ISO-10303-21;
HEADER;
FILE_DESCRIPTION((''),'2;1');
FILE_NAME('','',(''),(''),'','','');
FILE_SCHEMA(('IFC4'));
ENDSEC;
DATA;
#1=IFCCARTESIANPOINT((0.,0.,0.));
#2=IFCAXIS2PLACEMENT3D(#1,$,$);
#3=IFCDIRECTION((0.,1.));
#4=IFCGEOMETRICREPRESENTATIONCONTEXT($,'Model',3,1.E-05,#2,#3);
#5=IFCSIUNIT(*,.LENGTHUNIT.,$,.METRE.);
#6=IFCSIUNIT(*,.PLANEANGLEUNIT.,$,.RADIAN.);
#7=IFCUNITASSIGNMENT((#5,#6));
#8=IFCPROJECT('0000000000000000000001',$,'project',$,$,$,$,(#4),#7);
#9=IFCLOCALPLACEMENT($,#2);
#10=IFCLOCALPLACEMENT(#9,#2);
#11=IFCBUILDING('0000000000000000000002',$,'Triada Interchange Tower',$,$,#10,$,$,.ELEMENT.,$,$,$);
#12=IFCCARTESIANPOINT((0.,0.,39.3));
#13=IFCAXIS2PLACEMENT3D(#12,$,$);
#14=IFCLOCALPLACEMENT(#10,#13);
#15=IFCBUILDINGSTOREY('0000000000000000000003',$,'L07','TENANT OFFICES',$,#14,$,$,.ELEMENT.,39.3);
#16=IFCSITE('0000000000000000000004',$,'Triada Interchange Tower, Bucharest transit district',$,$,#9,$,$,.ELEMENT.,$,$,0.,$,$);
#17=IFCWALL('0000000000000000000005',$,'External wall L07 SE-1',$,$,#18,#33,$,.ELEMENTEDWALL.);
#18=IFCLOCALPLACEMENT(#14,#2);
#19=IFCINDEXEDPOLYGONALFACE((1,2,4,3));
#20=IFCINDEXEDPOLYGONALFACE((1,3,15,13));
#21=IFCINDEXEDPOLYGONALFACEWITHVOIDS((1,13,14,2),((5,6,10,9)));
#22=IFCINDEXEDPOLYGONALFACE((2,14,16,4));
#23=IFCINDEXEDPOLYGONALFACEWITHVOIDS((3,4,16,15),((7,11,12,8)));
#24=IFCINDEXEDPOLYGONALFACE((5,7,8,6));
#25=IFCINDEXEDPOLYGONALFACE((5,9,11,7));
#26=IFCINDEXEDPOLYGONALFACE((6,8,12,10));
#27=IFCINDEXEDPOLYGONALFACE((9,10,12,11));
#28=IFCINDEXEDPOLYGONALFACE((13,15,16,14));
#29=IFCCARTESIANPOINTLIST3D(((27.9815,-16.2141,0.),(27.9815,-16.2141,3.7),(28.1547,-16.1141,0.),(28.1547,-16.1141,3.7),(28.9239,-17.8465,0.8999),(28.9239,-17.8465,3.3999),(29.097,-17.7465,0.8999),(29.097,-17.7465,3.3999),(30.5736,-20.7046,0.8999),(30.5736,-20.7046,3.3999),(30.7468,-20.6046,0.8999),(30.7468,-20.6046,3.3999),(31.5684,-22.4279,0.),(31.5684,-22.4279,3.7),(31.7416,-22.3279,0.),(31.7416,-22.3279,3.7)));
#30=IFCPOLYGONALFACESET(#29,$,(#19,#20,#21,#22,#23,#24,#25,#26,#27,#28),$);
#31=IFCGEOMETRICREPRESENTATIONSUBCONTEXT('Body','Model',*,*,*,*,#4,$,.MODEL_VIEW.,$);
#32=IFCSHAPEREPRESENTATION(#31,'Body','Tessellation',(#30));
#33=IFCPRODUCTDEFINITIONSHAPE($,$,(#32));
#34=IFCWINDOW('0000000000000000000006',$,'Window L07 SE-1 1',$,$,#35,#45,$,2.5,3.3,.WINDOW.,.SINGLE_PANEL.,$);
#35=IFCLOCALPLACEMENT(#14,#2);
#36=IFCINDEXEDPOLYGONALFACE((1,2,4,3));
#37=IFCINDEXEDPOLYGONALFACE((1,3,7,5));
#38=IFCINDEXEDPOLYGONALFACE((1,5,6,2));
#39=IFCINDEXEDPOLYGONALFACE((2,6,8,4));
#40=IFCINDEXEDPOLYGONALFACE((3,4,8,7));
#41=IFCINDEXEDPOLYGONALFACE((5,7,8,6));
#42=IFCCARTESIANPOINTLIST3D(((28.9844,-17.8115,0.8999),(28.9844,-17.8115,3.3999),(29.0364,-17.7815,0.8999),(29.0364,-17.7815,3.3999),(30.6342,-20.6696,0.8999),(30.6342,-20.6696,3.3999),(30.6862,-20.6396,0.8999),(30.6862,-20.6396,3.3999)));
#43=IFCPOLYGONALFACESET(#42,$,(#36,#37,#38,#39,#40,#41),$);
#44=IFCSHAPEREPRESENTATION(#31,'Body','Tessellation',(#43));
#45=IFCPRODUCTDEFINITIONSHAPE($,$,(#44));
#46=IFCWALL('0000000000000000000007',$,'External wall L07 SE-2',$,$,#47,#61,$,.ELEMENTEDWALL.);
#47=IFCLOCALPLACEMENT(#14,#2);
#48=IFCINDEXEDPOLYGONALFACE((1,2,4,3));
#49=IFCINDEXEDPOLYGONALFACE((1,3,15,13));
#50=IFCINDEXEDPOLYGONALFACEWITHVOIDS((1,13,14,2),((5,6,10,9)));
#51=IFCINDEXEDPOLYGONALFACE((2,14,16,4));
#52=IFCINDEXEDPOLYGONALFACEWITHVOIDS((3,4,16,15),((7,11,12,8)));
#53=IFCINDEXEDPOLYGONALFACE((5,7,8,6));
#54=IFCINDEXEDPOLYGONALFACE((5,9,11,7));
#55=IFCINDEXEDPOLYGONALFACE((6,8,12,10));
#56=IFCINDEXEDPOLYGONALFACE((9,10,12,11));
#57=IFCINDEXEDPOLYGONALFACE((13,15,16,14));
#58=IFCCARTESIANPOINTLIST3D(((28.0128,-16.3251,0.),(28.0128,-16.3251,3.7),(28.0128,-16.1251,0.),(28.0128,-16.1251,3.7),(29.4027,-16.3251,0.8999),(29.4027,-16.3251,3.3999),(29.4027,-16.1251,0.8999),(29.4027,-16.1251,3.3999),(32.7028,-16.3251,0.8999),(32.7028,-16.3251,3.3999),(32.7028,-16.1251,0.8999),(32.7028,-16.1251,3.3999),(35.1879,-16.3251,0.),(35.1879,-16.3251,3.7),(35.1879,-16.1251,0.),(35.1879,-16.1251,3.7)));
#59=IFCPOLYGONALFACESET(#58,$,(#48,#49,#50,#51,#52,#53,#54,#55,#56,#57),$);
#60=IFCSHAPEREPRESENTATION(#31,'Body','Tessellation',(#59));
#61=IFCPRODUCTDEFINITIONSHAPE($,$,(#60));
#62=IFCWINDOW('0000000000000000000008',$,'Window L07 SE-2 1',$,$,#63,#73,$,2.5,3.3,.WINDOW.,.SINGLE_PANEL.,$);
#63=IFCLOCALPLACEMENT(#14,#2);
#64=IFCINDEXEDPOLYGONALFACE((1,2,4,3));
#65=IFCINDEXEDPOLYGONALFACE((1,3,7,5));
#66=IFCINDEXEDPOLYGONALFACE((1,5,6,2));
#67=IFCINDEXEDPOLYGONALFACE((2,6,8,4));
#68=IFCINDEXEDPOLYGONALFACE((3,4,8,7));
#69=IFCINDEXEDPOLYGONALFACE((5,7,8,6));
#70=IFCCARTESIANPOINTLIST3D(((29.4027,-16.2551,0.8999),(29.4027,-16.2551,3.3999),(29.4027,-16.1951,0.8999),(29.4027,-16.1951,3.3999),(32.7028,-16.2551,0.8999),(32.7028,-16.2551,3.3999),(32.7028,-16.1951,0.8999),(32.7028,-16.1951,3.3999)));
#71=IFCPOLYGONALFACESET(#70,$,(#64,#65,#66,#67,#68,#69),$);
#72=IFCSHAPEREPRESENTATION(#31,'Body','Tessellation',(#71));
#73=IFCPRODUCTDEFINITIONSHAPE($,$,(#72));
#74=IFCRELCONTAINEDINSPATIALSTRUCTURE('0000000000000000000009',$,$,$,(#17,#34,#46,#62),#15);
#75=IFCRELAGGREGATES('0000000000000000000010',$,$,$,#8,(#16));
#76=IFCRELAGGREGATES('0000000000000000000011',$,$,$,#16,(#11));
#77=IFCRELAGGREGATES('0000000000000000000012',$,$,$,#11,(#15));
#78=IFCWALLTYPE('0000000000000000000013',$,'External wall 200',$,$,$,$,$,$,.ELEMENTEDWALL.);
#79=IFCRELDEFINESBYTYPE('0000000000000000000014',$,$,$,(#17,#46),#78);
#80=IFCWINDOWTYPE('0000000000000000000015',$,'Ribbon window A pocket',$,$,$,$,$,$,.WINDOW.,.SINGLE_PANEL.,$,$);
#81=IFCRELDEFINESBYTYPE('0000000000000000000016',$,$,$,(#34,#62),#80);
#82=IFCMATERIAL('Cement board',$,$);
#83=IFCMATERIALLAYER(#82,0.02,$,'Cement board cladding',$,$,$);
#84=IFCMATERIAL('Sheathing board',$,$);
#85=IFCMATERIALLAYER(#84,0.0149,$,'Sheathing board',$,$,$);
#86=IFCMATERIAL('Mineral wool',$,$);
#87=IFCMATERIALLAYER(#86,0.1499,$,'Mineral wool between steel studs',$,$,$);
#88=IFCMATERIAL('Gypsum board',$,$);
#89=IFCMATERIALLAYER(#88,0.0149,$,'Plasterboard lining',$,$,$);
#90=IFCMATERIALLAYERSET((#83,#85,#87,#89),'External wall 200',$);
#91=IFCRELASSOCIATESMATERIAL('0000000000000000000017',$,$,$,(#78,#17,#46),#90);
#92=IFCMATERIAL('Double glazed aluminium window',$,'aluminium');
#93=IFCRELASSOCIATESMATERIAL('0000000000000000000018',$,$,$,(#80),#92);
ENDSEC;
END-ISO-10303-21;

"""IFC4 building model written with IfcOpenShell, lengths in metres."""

from ifc_helpers import new_model, si_unit, direction, frame, frame_2d, origin, place, context, subcontext, project, spatial, rectangle, extrude, material, layer, layer_set, layer_usage, type_object, element, fill, save


model = new_model("IFC4")

# Units and contexts
model_context = context("Model", 3, precision=1e-05, world=origin(), true_north=direction((0.0, 1.0)))
body_context = subcontext(model_context, "Body", "Model", "MODEL_VIEW")
ifc_project = project(units=[si_unit("LENGTHUNIT", "METRE"), si_unit("PLANEANGLEUNIT", "RADIAN")], contexts=[model_context])

# Site, building, storey
site_placement = place(None, origin())
site = spatial("IfcSite", under=ifc_project, at=site_placement, Name="Triada Interchange Tower, Bucharest transit district", CompositionType="ELEMENT", RefElevation=0.0)
building_placement = place(site_placement, origin())
building = spatial("IfcBuilding", under=site, at=building_placement, Name="Triada Interchange Tower", CompositionType="ELEMENT")
storey_placement = place(building_placement, frame((0.0, 0.0, 39.3)))
storey = spatial("IfcBuildingStorey", under=building, at=storey_placement, Name="L07", Description="TENANT OFFICES", CompositionType="ELEMENT", Elevation=39.3)

# Walls, openings, windows
ifc_material_1 = material(Name="Cement board")
ifc_layer_1 = layer(ifc_material_1, 0.02, Name="Cement board cladding")
ifc_material_2 = material(Name="Sheathing board")
ifc_layer_2 = layer(ifc_material_2, 0.0149, Name="Sheathing board")
ifc_material_3 = material(Name="Mineral wool")
ifc_layer_3 = layer(ifc_material_3, 0.1499, Name="Mineral wool between steel studs")
ifc_material_4 = material(Name="Gypsum board")
ifc_layer_4 = layer(ifc_material_4, 0.0149, Name="Plasterboard lining")
ifc_layer_set_1 = layer_set([ifc_layer_1, ifc_layer_2, ifc_layer_3, ifc_layer_4], Name="External wall 200")
ifc_layer_usage = layer_usage(ifc_layer_set_1, "AXIS2", "POSITIVE", -0.1001)
wall_type = type_object("IfcWallType", Name="External wall 200", PredefinedType="ELEMENTEDWALL", material=ifc_layer_set_1)
wall_1_placement = place(storey_placement, frame((31.655, -22.3779, 0.0), z_axis=(0.0, 0.0, 1.0), x_axis=(-0.499931, 0.866065, 0.0)))
wall_1 = element("IfcWall", 1, at=wall_1_placement, inside=storey, type_object=wall_type, material=ifc_layer_usage, Name="External wall L07 SE-1", PredefinedType="ELEMENTEDWALL", context=body_context, shape_type="SweptSolid", body=[
    extrude(rectangle(XDim=7.1748, YDim=0.2, at=frame_2d((3.5874, 0.0))), origin(), (0.0, 0.0, 1.0), 3.7),
])
opening_1_placement = place(wall_1_placement, frame((1.99, 0.0, 0.8999)))
opening_1 = element("IfcOpeningElement", 2, at=opening_1_placement, cuts=wall_1, PredefinedType="OPENING", context=body_context, shape_type="SweptSolid", body=[
    extrude(rectangle(XDim=3.3, YDim=2.5, at=frame_2d((1.6499, 1.25))), frame((0.0, 0.1099, 0.0), z_axis=(0.0, -1.0, 0.0), x_axis=(1.0, 0.0, 0.0)), (0.0, 0.0, 1.0), 0.22),
])
ifc_material_5 = material(Name="Double glazed aluminium window", Category="aluminium")
window_type_1 = type_object("IfcWindowType", Name="Ribbon window A pocket", PartitioningType="SINGLE_PANEL", PredefinedType="WINDOW", material=ifc_material_5)
window_1_placement = place(opening_1_placement, origin())
window_1 = element("IfcWindow", 3, at=window_1_placement, inside=storey, type_object=window_type_1, Name="Window L07 SE-1 1", OverallHeight=2.5, OverallWidth=3.3, PartitioningType="SINGLE_PANEL", PredefinedType="WINDOW", context=body_context, shape_type="SweptSolid", body=[
    extrude(rectangle(XDim=3.3, YDim=2.5, at=frame_2d((1.6499, 1.25))), frame((0.0, 0.03, 0.0), z_axis=(0.0, -1.0, 0.0), x_axis=(1.0, 0.0, 0.0)), (0.0, 0.0, 1.0), 0.0601),
])
fill(opening_1, window_1)
wall_2_placement = place(storey_placement, frame((28.0129, -16.2251, 0.0), z_axis=(0.0, 0.0, 1.0), x_axis=(1.0, 0.0, 0.0)))
wall_2 = element("IfcWall", 4, at=wall_2_placement, inside=storey, type_object=wall_type, material=ifc_layer_usage, Name="External wall L07 SE-2", PredefinedType="ELEMENTEDWALL", context=body_context, shape_type="SweptSolid", body=[
    extrude(rectangle(XDim=7.175, YDim=0.2, at=frame_2d((3.5874, 0.0))), origin(), (0.0, 0.0, 1.0), 3.7),
])
opening_2_placement = place(wall_2_placement, frame((1.3899, 0.0, 0.8999)))
opening_2 = element("IfcOpeningElement", 5, at=opening_2_placement, cuts=wall_2, PredefinedType="OPENING", context=body_context, shape_type="SweptSolid", body=[
    extrude(rectangle(XDim=3.3, YDim=2.5, at=frame_2d((1.6499, 1.25))), frame((0.0, 0.1099, 0.0), z_axis=(0.0, -1.0, 0.0), x_axis=(1.0, 0.0, 0.0)), (0.0, 0.0, 1.0), 0.22),
])
window_2_placement = place(opening_2_placement, origin())
window_2 = element("IfcWindow", 6, at=window_2_placement, inside=storey, type_object=window_type_1, Name="Window L07 SE-2 1", OverallHeight=2.5, OverallWidth=3.3, PartitioningType="SINGLE_PANEL", PredefinedType="WINDOW", context=body_context, shape_type="SweptSolid", body=[
    extrude(rectangle(XDim=3.3, YDim=2.5, at=frame_2d((1.6499, 1.25))), frame((0.0, 0.03, 0.0), z_axis=(0.0, -1.0, 0.0), x_axis=(1.0, 0.0, 0.0)), (0.0, 0.0, 1.0), 0.0601),
])
fill(opening_2, window_2)

save(model, "model.ifc")
